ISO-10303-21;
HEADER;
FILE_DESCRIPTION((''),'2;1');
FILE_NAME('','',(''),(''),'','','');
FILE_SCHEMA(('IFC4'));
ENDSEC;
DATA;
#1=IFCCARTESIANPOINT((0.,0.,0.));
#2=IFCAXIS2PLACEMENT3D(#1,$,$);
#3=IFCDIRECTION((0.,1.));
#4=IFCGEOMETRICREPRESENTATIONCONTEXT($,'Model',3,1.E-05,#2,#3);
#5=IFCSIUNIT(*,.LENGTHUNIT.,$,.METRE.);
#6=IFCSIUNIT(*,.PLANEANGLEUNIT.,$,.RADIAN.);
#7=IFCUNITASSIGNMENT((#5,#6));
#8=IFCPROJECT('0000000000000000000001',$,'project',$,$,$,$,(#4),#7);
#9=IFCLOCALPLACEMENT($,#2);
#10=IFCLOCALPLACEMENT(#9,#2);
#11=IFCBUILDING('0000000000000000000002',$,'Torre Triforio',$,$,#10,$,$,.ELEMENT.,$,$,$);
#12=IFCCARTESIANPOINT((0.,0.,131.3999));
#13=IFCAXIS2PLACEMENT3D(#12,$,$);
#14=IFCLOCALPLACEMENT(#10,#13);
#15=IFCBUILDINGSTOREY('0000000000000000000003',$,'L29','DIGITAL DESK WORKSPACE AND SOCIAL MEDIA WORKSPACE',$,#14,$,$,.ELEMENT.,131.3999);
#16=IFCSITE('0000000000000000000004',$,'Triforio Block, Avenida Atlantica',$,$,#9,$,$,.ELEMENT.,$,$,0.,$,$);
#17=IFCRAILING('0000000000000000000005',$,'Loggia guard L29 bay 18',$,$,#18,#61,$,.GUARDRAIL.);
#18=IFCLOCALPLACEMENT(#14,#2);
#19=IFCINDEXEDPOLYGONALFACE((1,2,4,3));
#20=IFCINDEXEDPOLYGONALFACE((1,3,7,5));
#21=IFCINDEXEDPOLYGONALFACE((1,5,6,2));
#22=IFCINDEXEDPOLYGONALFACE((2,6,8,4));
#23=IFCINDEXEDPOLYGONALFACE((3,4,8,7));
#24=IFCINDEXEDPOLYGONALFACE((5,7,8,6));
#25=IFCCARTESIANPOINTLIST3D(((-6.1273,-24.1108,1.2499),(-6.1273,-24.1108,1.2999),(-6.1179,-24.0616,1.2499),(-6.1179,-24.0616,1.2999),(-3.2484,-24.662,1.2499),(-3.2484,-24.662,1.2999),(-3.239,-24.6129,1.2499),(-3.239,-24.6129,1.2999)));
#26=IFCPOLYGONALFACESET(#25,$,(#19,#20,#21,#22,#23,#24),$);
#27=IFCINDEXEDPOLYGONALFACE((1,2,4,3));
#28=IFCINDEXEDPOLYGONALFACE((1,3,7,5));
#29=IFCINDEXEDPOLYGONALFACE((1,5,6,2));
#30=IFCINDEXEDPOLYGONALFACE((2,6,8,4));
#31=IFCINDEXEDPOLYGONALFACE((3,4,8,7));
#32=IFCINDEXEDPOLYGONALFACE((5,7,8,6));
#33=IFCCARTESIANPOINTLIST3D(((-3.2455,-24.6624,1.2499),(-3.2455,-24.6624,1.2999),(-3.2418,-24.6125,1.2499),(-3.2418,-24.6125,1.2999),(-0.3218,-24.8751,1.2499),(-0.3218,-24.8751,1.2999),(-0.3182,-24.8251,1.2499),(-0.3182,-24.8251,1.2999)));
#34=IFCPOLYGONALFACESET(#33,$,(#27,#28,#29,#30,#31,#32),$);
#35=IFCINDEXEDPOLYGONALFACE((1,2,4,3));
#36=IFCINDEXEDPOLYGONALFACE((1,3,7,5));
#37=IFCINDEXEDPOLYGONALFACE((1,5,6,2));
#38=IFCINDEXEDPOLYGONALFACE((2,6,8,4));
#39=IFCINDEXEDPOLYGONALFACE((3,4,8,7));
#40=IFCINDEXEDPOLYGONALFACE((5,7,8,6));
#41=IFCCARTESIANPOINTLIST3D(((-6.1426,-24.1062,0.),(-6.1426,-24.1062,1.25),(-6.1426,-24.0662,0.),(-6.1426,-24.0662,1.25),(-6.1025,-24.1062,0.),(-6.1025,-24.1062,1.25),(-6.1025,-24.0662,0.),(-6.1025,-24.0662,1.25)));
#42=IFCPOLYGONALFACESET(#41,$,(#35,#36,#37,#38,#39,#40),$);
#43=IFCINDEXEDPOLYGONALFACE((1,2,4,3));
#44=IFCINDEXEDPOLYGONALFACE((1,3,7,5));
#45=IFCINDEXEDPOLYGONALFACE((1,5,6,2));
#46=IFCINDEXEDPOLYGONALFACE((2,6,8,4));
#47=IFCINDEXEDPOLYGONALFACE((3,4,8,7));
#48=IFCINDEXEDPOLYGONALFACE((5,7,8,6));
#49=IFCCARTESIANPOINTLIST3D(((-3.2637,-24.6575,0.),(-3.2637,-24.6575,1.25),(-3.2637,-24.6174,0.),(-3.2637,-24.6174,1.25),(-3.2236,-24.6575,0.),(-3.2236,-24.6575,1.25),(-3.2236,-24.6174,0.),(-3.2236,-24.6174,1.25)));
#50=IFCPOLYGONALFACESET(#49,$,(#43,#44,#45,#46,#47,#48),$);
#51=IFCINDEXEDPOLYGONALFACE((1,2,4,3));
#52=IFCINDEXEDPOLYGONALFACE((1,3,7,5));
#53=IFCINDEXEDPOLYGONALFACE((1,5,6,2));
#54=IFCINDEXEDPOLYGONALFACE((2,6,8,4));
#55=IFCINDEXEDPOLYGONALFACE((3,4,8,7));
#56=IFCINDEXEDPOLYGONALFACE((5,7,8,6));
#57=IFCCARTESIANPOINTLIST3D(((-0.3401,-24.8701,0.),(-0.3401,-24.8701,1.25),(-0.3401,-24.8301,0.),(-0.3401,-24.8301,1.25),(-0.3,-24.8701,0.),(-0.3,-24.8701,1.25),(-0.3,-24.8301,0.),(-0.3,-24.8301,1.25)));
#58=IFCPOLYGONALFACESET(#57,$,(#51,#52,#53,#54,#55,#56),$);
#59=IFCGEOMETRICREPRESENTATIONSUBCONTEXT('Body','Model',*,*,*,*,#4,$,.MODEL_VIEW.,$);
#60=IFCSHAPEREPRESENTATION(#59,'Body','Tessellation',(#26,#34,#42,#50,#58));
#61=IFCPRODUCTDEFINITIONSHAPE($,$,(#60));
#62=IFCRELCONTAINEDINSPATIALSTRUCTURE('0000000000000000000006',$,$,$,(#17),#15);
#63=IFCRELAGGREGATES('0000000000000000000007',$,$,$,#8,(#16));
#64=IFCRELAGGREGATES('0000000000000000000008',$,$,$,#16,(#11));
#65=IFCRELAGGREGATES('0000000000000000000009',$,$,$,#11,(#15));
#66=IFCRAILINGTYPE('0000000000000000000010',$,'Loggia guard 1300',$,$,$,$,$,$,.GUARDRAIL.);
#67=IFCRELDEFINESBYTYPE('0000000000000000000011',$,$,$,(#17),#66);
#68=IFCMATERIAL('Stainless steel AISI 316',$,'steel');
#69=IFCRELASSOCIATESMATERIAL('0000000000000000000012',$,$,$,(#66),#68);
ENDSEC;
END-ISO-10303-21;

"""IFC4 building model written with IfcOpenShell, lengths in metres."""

from ifc_helpers import new_model, si_unit, direction, frame, origin, origin_2d, place, context, subcontext, project, spatial, rectangle, extrude, material, type_object, element, save


model = new_model("IFC4")

# Units and contexts
model_context = context("Model", 3, precision=1e-05, world=origin(), true_north=direction((0.0, 1.0)))
body_context = subcontext(model_context, "Body", "Model", "MODEL_VIEW")
ifc_project = project(units=[si_unit("LENGTHUNIT", "METRE"), si_unit("PLANEANGLEUNIT", "RADIAN")], contexts=[model_context])

# Site, building, storey
site_placement = place(None, origin())
site = spatial("IfcSite", under=ifc_project, at=site_placement, Name="Triforio Block, Avenida Atlantica", CompositionType="ELEMENT", RefElevation=0.0)
building_placement = place(site_placement, origin())
building = spatial("IfcBuilding", under=site, at=building_placement, Name="Torre Triforio", CompositionType="ELEMENT")
storey_placement = place(building_placement, frame((0.0, 0.0, 131.3999)))
storey = spatial("IfcBuildingStorey", under=building, at=storey_placement, Name="L29", Description="DIGITAL DESK WORKSPACE AND SOCIAL MEDIA WORKSPACE", CompositionType="ELEMENT", Elevation=131.3999)

# Railing
ifc_material_1 = material(Name="Stainless steel AISI 316", Category="steel")
railing_type = type_object("IfcRailingType", Name="Loggia guard 1300", PredefinedType="GUARDRAIL", material=ifc_material_1)
railing_placement = place(storey_placement, frame((-6.1226, -24.0862, 0.0)))
element("IfcRailing", 1, at=railing_placement, inside=storey, type_object=railing_type, Name="Loggia guard L29 bay 18", PredefinedType="GUARDRAIL", context=body_context, shape_type="SweptSolid", body=[
    extrude(rectangle(XDim=0.05, YDim=0.05, at=origin_2d()), frame((0.0, 0.0, 1.2749), z_axis=(0.982156, -0.188069, 0.0), x_axis=(0.188069, 0.982156, 0.0)), (0.0, 0.0, 1.0), 2.9312),
    extrude(rectangle(XDim=0.05, YDim=0.05, at=origin_2d()), frame((2.8789, -0.5513, 1.2749), z_axis=(0.997365, -0.072543, 0.0), x_axis=(0.072543, 0.997365, 0.0)), (0.0, 0.0, 1.0), 2.9314),
    extrude(rectangle(XDim=0.04, YDim=0.04, at=origin_2d()), origin(), (0.0, 0.0, 1.0), 1.25),
    extrude(rectangle(XDim=0.04, YDim=0.04, at=origin_2d()), frame((2.8789, -0.5513, 0.0)), (0.0, 0.0, 1.0), 1.25),
    extrude(rectangle(XDim=0.04, YDim=0.04, at=origin_2d()), frame((5.8025, -0.7639, 0.0)), (0.0, 0.0, 1.0), 1.25),
])

save(model, "model.ifc")
